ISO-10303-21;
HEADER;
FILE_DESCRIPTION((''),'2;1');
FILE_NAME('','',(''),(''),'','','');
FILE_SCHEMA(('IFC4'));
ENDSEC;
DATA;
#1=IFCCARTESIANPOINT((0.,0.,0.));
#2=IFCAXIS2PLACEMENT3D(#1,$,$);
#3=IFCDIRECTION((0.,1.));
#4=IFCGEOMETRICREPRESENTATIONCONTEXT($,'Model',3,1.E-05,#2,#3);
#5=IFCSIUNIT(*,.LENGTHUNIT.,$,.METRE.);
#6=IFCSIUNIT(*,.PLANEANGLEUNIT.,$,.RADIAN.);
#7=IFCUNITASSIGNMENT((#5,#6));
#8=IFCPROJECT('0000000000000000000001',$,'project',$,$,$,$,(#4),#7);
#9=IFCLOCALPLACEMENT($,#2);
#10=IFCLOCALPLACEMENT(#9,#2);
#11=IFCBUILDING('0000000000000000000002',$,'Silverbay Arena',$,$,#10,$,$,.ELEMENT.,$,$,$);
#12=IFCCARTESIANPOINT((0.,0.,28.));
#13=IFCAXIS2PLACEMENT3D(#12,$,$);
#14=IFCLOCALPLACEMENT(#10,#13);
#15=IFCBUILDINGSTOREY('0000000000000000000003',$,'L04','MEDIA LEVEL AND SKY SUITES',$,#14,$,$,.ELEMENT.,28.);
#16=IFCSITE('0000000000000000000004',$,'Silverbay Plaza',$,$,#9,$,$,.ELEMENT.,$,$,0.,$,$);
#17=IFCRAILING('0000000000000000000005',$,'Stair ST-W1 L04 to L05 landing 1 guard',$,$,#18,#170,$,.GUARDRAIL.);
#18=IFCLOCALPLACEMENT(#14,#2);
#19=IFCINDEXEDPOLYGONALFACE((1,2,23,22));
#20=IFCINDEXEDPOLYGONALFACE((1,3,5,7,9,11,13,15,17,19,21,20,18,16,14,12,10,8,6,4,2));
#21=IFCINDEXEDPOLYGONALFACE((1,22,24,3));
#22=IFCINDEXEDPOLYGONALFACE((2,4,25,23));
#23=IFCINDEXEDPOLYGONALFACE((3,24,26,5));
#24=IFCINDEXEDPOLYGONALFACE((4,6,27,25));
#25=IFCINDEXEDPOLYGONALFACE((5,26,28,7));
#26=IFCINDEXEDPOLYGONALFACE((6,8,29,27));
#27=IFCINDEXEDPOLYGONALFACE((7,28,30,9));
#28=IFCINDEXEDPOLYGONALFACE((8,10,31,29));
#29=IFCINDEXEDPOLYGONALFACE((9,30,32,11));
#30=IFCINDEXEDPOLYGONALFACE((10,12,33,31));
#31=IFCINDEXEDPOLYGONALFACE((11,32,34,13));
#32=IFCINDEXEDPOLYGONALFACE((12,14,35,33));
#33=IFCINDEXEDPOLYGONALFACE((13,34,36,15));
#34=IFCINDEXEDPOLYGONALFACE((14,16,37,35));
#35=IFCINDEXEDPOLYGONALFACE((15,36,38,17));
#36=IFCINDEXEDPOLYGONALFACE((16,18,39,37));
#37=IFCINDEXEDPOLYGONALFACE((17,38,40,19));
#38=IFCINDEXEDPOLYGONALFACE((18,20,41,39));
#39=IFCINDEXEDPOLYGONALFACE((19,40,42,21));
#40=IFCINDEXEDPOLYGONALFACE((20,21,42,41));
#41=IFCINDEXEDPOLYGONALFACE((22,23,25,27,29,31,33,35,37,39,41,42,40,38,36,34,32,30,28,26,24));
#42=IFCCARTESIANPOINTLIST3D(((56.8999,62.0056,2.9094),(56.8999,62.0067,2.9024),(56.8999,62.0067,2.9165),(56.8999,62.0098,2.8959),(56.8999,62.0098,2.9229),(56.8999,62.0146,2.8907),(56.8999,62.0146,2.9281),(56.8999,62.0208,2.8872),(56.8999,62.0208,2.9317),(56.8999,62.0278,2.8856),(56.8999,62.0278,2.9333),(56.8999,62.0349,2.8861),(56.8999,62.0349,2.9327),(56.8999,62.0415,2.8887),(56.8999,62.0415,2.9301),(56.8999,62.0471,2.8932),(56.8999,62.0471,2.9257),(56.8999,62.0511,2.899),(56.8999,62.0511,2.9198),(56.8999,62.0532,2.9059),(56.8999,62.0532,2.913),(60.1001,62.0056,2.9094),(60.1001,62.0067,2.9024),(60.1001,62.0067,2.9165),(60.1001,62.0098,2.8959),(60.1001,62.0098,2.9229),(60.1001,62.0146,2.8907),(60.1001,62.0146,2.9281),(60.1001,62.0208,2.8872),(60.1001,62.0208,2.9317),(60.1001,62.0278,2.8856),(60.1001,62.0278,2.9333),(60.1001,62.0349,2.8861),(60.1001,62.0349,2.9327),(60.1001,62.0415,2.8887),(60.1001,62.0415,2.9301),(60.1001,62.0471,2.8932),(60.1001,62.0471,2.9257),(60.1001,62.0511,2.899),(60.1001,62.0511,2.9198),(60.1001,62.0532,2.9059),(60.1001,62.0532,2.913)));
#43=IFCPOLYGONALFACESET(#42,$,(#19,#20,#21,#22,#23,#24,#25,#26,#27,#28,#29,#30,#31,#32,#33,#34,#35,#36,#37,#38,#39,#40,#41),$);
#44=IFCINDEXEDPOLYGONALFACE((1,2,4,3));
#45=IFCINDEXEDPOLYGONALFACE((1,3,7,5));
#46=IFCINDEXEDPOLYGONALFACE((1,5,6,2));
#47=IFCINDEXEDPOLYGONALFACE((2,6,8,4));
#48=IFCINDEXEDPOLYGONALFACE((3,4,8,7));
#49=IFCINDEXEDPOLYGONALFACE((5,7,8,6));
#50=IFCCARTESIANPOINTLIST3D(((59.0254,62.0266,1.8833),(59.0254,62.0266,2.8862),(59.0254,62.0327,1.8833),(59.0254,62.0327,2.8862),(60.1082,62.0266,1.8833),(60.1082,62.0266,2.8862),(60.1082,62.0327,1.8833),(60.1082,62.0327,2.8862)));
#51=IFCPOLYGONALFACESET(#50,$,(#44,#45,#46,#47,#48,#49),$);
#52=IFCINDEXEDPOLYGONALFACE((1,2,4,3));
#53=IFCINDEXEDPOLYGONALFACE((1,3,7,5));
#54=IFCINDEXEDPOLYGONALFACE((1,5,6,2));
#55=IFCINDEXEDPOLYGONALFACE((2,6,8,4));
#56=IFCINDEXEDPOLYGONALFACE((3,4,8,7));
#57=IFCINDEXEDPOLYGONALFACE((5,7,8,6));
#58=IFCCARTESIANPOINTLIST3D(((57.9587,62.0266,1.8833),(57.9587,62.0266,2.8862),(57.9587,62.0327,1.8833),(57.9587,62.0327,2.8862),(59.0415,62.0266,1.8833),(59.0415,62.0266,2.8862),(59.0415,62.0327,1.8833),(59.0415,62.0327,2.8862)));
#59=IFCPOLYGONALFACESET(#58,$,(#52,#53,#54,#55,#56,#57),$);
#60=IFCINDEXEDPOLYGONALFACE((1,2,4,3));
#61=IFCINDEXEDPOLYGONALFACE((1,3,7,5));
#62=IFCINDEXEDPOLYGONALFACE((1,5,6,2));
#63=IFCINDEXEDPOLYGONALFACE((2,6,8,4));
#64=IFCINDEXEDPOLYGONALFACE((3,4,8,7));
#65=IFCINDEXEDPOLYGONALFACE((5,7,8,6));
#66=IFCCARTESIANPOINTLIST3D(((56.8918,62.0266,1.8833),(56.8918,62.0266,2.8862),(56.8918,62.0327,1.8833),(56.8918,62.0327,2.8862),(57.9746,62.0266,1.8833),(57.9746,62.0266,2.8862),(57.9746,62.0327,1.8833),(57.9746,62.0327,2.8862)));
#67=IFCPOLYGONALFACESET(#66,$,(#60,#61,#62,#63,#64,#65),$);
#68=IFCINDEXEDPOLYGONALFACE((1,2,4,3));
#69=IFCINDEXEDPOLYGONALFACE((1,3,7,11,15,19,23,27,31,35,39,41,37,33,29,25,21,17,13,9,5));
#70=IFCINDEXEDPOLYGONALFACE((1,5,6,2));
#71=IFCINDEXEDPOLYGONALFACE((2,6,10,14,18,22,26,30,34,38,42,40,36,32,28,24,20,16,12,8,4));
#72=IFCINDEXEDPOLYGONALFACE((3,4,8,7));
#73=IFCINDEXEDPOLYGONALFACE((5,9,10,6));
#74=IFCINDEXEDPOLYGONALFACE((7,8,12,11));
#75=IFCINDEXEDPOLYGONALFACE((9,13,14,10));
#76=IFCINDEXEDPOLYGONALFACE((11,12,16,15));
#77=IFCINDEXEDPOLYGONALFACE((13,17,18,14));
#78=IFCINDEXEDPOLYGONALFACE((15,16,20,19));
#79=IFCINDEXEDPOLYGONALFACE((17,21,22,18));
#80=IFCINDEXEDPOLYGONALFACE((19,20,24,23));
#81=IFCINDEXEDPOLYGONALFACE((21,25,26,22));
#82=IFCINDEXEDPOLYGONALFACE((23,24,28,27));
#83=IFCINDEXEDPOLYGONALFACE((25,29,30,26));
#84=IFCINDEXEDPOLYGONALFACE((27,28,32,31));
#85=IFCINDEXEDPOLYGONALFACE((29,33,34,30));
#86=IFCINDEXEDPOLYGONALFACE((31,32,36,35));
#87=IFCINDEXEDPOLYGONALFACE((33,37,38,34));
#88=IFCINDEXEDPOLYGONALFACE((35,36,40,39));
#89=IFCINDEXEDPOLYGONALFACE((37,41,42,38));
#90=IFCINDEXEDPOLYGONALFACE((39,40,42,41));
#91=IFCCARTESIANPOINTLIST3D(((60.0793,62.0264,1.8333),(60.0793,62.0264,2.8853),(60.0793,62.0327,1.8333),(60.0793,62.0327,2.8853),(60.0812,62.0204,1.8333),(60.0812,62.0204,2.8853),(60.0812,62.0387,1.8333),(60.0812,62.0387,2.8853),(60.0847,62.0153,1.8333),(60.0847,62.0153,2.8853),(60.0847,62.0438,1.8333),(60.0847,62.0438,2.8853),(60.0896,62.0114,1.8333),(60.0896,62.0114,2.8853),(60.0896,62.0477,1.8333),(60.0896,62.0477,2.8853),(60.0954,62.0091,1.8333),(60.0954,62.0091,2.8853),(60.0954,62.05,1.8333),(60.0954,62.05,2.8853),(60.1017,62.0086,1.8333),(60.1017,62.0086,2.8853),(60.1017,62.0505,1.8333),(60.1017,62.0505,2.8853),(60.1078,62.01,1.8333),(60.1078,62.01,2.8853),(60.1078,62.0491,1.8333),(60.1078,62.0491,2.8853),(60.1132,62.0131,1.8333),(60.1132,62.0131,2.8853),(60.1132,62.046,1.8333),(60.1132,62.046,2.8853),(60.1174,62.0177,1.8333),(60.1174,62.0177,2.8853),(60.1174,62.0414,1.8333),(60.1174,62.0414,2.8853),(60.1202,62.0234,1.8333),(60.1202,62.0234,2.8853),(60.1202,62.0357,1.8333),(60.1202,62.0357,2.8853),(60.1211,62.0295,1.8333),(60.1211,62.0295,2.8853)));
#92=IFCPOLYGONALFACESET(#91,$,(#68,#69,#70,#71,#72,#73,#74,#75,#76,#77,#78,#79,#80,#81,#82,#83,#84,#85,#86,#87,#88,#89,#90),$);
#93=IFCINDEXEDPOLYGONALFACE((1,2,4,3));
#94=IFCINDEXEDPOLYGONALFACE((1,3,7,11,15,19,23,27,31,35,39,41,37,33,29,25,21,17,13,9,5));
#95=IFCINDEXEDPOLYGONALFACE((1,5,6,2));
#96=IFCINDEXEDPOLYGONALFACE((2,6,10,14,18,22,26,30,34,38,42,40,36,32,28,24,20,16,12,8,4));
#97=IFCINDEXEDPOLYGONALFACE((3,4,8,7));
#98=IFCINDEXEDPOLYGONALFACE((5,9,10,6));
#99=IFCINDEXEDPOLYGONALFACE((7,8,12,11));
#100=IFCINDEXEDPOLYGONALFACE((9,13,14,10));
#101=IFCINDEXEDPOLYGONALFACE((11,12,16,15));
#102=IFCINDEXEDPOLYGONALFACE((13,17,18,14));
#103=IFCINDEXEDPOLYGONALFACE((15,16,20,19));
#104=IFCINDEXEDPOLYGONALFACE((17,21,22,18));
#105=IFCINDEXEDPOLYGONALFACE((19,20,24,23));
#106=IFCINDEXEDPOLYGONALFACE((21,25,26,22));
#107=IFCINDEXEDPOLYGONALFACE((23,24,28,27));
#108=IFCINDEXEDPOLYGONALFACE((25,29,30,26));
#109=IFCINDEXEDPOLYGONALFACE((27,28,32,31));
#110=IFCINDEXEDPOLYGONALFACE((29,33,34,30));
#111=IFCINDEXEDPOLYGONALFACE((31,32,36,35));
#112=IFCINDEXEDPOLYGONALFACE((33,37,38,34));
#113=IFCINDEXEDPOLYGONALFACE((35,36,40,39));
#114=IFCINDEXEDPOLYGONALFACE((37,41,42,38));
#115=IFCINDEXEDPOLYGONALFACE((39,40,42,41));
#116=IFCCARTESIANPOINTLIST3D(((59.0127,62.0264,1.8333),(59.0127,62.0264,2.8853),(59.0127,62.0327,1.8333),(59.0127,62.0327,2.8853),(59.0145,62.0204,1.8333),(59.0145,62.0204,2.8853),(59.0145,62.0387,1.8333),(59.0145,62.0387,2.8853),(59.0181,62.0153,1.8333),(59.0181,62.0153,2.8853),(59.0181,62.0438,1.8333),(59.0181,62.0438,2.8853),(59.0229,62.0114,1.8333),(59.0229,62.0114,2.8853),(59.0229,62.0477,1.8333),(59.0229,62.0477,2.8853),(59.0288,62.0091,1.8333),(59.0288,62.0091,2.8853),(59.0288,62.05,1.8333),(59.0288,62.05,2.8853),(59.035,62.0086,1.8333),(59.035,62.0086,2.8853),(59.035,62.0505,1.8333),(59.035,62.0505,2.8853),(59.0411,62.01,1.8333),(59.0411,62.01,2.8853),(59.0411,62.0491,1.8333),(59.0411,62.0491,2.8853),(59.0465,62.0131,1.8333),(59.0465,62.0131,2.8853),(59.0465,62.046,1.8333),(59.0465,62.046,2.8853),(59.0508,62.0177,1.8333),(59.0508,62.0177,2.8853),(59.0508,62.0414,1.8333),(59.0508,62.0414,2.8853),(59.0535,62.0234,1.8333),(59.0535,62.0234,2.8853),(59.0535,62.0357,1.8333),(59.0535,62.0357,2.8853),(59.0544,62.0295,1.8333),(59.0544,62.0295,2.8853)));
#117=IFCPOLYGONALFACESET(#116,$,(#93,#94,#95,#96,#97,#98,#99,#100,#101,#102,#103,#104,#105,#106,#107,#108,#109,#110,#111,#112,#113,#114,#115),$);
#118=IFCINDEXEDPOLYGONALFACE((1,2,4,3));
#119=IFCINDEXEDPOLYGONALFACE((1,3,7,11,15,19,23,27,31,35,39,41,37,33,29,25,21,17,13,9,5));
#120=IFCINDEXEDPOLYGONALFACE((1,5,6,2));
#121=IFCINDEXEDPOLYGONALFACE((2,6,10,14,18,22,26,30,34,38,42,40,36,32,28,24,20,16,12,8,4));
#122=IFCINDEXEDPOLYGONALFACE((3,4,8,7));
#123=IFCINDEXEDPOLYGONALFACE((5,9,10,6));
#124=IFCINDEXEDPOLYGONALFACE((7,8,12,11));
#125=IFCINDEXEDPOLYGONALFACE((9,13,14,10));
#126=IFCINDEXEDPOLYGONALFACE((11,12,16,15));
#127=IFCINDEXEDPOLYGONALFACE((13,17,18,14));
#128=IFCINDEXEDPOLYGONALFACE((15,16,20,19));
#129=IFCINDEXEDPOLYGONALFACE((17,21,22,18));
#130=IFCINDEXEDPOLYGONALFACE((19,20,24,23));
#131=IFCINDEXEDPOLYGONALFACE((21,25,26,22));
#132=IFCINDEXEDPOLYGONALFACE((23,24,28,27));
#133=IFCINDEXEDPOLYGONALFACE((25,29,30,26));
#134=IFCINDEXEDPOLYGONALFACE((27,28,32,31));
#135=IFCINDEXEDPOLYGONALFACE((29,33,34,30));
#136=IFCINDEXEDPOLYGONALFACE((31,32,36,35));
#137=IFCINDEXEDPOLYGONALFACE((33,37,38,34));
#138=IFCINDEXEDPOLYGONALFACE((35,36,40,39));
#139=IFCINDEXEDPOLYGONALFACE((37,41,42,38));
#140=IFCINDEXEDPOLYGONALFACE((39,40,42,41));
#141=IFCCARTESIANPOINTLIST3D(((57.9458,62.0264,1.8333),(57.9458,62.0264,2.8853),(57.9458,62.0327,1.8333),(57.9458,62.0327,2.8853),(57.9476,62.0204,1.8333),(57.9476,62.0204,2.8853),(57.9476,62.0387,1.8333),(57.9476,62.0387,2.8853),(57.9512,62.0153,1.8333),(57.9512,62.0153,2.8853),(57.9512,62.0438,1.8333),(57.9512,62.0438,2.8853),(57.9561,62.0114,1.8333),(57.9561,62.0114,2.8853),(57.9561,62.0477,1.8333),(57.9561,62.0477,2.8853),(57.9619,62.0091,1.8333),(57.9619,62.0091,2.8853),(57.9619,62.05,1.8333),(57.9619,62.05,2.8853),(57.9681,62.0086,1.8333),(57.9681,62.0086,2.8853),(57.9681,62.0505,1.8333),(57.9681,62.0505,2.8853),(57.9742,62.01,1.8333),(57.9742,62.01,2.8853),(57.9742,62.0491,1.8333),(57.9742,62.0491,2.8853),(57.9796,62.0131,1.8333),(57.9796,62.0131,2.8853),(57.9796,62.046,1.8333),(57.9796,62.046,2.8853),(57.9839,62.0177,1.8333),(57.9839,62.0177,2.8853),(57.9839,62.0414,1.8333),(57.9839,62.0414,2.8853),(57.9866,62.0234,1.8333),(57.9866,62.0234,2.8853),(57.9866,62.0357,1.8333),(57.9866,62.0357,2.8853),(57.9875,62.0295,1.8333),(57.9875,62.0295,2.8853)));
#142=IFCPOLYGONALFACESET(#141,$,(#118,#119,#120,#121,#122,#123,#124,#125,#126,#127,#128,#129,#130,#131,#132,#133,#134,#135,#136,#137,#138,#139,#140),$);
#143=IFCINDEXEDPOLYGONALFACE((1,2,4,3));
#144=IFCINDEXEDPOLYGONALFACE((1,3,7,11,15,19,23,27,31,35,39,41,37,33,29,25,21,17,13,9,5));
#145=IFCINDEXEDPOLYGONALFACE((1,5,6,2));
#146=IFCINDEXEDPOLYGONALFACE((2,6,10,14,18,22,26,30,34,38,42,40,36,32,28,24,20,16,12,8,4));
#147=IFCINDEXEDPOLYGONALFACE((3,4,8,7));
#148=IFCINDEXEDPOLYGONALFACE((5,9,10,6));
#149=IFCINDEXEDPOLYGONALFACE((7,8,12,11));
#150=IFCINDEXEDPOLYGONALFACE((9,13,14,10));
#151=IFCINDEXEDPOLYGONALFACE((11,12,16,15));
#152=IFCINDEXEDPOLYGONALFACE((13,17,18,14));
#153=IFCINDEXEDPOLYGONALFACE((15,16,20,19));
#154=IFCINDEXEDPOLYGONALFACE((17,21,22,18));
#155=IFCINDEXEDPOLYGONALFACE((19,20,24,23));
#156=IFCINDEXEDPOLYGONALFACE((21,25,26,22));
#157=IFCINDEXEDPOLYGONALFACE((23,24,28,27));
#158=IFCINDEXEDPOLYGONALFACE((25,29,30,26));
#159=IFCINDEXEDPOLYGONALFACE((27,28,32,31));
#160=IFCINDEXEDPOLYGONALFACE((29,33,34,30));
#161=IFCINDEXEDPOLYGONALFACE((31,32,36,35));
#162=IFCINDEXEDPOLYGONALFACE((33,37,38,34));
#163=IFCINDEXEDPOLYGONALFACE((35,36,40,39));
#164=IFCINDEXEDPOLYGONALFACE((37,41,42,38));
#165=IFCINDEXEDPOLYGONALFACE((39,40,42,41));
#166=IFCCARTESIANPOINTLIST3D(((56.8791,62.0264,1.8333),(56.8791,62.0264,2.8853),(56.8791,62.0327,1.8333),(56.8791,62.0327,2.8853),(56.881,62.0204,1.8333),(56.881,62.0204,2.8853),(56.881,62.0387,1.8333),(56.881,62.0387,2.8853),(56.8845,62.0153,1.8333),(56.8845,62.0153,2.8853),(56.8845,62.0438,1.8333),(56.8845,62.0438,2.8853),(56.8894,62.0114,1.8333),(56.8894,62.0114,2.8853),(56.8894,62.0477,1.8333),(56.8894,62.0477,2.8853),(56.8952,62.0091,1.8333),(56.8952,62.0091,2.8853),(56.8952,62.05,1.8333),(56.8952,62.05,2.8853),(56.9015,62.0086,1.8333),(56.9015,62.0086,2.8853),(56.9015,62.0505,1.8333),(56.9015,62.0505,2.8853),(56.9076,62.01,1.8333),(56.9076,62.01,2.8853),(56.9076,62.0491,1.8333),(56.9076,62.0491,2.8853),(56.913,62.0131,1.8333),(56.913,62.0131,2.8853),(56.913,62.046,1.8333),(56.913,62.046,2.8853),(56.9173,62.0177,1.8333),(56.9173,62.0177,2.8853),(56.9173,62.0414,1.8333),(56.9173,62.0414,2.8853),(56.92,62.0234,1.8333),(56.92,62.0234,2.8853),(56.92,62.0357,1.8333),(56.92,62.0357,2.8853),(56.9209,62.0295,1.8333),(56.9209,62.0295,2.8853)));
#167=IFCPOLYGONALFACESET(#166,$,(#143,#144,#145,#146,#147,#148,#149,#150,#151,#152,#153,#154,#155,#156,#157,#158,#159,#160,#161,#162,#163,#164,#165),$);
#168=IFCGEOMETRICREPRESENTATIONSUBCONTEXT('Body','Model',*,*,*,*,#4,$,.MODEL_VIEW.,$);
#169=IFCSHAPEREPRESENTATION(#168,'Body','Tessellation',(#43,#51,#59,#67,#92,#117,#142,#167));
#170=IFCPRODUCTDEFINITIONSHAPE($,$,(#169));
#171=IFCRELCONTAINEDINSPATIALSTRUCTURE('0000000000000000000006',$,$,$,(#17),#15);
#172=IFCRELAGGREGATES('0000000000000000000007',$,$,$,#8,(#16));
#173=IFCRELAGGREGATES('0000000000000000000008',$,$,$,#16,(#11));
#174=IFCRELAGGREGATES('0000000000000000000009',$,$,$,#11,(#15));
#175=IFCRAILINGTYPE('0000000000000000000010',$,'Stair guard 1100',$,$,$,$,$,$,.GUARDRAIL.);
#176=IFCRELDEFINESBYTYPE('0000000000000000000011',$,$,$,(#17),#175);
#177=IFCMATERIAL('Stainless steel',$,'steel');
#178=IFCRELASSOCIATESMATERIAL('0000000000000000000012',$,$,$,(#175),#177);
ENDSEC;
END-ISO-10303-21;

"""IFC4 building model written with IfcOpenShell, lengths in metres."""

from ifc_helpers import new_model, si_unit, direction, frame, origin, origin_2d, place, context, subcontext, project, spatial, polyline, circle, outline, extrude, material, type_object, element, save


model = new_model("IFC4")

# Units and contexts
model_context = context("Model", 3, precision=1e-05, world=origin(), true_north=direction((0.0, 1.0)))
body_context = subcontext(model_context, "Body", "Model", "MODEL_VIEW")
ifc_project = project(units=[si_unit("LENGTHUNIT", "METRE"), si_unit("PLANEANGLEUNIT", "RADIAN")], contexts=[model_context])

# Site, building, storey
site_placement = place(None, origin())
site = spatial("IfcSite", under=ifc_project, at=site_placement, Name="Silverbay Plaza", CompositionType="ELEMENT", RefElevation=0.0)
building_placement = place(site_placement, origin())
building = spatial("IfcBuilding", under=site, at=building_placement, Name="Silverbay Arena", CompositionType="ELEMENT")
storey_placement = place(building_placement, frame((0.0, 0.0, 28.0)))
storey = spatial("IfcBuildingStorey", under=building, at=storey_placement, Name="L04", Description="MEDIA LEVEL AND SKY SUITES", CompositionType="ELEMENT", Elevation=28.0)

# Railing
ifc_material_1 = material(Name="Stainless steel", Category="steel")
railing_type_1 = type_object("IfcRailingType", Name="Stair guard 1100", PredefinedType="GUARDRAIL", material=ifc_material_1)
for number, where, name in (
    (1, (60.1001, 62.0295, 1.8333), "Stair ST-W1 L04 to L05 landing 1 guard"),
):
    element("IfcRailing", number, at=place(storey_placement, frame(where)), inside=storey, type_object=railing_type_1, Name=name, PredefinedType="GUARDRAIL", context=body_context, shape_type="SweptSolid", body=[
        extrude(circle(Radius=0.0239, at=origin_2d()), frame((0.0, 0.0, 1.0762), z_axis=(-1.0, 0.0, 0.0), x_axis=(0.0, -1.0, 0.0)), (0.0, 0.0, 1.0), 3.2002),
        extrude(outline(polyline([(-0.0081, 0.05), (1.0747, 0.05), (1.0747, 1.053), (-0.0081, 1.053), (-0.0081, 0.05)])), frame((0.0, -0.0029, 0.0), z_axis=(0.0, 1.0, 0.0), x_axis=(-1.0, 0.0, 0.0)), (0.0, 0.0, 1.0), 0.0061),
        extrude(outline(polyline([(-0.0081, 0.05), (1.0747, 0.05), (1.0747, 1.053), (-0.0081, 1.053), (-0.0081, 0.05)])), frame((-1.0667, -0.0029, 0.0), z_axis=(0.0, 1.0, 0.0), x_axis=(-1.0, 0.0, 0.0)), (0.0, 0.0, 1.0), 0.0061),
        extrude(outline(polyline([(-0.0081, 0.05), (1.0747, 0.05), (1.0747, 1.053), (-0.0081, 1.053), (-0.0081, 0.05)])), frame((-2.1335, -0.0029, 0.0), z_axis=(0.0, 1.0, 0.0), x_axis=(-1.0, 0.0, 0.0)), (0.0, 0.0, 1.0), 0.0061),
        extrude(circle(Radius=0.021, at=origin_2d()), origin(), (0.0, 0.0, 1.0), 1.052),
        extrude(circle(Radius=0.021, at=origin_2d()), frame((-1.0667, 0.0, 0.0)), (0.0, 0.0, 1.0), 1.052),
        extrude(circle(Radius=0.021, at=origin_2d()), frame((-2.1335, 0.0, 0.0)), (0.0, 0.0, 1.0), 1.052),
        extrude(circle(Radius=0.021, at=origin_2d()), frame((-3.2002, 0.0, 0.0)), (0.0, 0.0, 1.0), 1.052),
    ])

save(model, "model.ifc")
